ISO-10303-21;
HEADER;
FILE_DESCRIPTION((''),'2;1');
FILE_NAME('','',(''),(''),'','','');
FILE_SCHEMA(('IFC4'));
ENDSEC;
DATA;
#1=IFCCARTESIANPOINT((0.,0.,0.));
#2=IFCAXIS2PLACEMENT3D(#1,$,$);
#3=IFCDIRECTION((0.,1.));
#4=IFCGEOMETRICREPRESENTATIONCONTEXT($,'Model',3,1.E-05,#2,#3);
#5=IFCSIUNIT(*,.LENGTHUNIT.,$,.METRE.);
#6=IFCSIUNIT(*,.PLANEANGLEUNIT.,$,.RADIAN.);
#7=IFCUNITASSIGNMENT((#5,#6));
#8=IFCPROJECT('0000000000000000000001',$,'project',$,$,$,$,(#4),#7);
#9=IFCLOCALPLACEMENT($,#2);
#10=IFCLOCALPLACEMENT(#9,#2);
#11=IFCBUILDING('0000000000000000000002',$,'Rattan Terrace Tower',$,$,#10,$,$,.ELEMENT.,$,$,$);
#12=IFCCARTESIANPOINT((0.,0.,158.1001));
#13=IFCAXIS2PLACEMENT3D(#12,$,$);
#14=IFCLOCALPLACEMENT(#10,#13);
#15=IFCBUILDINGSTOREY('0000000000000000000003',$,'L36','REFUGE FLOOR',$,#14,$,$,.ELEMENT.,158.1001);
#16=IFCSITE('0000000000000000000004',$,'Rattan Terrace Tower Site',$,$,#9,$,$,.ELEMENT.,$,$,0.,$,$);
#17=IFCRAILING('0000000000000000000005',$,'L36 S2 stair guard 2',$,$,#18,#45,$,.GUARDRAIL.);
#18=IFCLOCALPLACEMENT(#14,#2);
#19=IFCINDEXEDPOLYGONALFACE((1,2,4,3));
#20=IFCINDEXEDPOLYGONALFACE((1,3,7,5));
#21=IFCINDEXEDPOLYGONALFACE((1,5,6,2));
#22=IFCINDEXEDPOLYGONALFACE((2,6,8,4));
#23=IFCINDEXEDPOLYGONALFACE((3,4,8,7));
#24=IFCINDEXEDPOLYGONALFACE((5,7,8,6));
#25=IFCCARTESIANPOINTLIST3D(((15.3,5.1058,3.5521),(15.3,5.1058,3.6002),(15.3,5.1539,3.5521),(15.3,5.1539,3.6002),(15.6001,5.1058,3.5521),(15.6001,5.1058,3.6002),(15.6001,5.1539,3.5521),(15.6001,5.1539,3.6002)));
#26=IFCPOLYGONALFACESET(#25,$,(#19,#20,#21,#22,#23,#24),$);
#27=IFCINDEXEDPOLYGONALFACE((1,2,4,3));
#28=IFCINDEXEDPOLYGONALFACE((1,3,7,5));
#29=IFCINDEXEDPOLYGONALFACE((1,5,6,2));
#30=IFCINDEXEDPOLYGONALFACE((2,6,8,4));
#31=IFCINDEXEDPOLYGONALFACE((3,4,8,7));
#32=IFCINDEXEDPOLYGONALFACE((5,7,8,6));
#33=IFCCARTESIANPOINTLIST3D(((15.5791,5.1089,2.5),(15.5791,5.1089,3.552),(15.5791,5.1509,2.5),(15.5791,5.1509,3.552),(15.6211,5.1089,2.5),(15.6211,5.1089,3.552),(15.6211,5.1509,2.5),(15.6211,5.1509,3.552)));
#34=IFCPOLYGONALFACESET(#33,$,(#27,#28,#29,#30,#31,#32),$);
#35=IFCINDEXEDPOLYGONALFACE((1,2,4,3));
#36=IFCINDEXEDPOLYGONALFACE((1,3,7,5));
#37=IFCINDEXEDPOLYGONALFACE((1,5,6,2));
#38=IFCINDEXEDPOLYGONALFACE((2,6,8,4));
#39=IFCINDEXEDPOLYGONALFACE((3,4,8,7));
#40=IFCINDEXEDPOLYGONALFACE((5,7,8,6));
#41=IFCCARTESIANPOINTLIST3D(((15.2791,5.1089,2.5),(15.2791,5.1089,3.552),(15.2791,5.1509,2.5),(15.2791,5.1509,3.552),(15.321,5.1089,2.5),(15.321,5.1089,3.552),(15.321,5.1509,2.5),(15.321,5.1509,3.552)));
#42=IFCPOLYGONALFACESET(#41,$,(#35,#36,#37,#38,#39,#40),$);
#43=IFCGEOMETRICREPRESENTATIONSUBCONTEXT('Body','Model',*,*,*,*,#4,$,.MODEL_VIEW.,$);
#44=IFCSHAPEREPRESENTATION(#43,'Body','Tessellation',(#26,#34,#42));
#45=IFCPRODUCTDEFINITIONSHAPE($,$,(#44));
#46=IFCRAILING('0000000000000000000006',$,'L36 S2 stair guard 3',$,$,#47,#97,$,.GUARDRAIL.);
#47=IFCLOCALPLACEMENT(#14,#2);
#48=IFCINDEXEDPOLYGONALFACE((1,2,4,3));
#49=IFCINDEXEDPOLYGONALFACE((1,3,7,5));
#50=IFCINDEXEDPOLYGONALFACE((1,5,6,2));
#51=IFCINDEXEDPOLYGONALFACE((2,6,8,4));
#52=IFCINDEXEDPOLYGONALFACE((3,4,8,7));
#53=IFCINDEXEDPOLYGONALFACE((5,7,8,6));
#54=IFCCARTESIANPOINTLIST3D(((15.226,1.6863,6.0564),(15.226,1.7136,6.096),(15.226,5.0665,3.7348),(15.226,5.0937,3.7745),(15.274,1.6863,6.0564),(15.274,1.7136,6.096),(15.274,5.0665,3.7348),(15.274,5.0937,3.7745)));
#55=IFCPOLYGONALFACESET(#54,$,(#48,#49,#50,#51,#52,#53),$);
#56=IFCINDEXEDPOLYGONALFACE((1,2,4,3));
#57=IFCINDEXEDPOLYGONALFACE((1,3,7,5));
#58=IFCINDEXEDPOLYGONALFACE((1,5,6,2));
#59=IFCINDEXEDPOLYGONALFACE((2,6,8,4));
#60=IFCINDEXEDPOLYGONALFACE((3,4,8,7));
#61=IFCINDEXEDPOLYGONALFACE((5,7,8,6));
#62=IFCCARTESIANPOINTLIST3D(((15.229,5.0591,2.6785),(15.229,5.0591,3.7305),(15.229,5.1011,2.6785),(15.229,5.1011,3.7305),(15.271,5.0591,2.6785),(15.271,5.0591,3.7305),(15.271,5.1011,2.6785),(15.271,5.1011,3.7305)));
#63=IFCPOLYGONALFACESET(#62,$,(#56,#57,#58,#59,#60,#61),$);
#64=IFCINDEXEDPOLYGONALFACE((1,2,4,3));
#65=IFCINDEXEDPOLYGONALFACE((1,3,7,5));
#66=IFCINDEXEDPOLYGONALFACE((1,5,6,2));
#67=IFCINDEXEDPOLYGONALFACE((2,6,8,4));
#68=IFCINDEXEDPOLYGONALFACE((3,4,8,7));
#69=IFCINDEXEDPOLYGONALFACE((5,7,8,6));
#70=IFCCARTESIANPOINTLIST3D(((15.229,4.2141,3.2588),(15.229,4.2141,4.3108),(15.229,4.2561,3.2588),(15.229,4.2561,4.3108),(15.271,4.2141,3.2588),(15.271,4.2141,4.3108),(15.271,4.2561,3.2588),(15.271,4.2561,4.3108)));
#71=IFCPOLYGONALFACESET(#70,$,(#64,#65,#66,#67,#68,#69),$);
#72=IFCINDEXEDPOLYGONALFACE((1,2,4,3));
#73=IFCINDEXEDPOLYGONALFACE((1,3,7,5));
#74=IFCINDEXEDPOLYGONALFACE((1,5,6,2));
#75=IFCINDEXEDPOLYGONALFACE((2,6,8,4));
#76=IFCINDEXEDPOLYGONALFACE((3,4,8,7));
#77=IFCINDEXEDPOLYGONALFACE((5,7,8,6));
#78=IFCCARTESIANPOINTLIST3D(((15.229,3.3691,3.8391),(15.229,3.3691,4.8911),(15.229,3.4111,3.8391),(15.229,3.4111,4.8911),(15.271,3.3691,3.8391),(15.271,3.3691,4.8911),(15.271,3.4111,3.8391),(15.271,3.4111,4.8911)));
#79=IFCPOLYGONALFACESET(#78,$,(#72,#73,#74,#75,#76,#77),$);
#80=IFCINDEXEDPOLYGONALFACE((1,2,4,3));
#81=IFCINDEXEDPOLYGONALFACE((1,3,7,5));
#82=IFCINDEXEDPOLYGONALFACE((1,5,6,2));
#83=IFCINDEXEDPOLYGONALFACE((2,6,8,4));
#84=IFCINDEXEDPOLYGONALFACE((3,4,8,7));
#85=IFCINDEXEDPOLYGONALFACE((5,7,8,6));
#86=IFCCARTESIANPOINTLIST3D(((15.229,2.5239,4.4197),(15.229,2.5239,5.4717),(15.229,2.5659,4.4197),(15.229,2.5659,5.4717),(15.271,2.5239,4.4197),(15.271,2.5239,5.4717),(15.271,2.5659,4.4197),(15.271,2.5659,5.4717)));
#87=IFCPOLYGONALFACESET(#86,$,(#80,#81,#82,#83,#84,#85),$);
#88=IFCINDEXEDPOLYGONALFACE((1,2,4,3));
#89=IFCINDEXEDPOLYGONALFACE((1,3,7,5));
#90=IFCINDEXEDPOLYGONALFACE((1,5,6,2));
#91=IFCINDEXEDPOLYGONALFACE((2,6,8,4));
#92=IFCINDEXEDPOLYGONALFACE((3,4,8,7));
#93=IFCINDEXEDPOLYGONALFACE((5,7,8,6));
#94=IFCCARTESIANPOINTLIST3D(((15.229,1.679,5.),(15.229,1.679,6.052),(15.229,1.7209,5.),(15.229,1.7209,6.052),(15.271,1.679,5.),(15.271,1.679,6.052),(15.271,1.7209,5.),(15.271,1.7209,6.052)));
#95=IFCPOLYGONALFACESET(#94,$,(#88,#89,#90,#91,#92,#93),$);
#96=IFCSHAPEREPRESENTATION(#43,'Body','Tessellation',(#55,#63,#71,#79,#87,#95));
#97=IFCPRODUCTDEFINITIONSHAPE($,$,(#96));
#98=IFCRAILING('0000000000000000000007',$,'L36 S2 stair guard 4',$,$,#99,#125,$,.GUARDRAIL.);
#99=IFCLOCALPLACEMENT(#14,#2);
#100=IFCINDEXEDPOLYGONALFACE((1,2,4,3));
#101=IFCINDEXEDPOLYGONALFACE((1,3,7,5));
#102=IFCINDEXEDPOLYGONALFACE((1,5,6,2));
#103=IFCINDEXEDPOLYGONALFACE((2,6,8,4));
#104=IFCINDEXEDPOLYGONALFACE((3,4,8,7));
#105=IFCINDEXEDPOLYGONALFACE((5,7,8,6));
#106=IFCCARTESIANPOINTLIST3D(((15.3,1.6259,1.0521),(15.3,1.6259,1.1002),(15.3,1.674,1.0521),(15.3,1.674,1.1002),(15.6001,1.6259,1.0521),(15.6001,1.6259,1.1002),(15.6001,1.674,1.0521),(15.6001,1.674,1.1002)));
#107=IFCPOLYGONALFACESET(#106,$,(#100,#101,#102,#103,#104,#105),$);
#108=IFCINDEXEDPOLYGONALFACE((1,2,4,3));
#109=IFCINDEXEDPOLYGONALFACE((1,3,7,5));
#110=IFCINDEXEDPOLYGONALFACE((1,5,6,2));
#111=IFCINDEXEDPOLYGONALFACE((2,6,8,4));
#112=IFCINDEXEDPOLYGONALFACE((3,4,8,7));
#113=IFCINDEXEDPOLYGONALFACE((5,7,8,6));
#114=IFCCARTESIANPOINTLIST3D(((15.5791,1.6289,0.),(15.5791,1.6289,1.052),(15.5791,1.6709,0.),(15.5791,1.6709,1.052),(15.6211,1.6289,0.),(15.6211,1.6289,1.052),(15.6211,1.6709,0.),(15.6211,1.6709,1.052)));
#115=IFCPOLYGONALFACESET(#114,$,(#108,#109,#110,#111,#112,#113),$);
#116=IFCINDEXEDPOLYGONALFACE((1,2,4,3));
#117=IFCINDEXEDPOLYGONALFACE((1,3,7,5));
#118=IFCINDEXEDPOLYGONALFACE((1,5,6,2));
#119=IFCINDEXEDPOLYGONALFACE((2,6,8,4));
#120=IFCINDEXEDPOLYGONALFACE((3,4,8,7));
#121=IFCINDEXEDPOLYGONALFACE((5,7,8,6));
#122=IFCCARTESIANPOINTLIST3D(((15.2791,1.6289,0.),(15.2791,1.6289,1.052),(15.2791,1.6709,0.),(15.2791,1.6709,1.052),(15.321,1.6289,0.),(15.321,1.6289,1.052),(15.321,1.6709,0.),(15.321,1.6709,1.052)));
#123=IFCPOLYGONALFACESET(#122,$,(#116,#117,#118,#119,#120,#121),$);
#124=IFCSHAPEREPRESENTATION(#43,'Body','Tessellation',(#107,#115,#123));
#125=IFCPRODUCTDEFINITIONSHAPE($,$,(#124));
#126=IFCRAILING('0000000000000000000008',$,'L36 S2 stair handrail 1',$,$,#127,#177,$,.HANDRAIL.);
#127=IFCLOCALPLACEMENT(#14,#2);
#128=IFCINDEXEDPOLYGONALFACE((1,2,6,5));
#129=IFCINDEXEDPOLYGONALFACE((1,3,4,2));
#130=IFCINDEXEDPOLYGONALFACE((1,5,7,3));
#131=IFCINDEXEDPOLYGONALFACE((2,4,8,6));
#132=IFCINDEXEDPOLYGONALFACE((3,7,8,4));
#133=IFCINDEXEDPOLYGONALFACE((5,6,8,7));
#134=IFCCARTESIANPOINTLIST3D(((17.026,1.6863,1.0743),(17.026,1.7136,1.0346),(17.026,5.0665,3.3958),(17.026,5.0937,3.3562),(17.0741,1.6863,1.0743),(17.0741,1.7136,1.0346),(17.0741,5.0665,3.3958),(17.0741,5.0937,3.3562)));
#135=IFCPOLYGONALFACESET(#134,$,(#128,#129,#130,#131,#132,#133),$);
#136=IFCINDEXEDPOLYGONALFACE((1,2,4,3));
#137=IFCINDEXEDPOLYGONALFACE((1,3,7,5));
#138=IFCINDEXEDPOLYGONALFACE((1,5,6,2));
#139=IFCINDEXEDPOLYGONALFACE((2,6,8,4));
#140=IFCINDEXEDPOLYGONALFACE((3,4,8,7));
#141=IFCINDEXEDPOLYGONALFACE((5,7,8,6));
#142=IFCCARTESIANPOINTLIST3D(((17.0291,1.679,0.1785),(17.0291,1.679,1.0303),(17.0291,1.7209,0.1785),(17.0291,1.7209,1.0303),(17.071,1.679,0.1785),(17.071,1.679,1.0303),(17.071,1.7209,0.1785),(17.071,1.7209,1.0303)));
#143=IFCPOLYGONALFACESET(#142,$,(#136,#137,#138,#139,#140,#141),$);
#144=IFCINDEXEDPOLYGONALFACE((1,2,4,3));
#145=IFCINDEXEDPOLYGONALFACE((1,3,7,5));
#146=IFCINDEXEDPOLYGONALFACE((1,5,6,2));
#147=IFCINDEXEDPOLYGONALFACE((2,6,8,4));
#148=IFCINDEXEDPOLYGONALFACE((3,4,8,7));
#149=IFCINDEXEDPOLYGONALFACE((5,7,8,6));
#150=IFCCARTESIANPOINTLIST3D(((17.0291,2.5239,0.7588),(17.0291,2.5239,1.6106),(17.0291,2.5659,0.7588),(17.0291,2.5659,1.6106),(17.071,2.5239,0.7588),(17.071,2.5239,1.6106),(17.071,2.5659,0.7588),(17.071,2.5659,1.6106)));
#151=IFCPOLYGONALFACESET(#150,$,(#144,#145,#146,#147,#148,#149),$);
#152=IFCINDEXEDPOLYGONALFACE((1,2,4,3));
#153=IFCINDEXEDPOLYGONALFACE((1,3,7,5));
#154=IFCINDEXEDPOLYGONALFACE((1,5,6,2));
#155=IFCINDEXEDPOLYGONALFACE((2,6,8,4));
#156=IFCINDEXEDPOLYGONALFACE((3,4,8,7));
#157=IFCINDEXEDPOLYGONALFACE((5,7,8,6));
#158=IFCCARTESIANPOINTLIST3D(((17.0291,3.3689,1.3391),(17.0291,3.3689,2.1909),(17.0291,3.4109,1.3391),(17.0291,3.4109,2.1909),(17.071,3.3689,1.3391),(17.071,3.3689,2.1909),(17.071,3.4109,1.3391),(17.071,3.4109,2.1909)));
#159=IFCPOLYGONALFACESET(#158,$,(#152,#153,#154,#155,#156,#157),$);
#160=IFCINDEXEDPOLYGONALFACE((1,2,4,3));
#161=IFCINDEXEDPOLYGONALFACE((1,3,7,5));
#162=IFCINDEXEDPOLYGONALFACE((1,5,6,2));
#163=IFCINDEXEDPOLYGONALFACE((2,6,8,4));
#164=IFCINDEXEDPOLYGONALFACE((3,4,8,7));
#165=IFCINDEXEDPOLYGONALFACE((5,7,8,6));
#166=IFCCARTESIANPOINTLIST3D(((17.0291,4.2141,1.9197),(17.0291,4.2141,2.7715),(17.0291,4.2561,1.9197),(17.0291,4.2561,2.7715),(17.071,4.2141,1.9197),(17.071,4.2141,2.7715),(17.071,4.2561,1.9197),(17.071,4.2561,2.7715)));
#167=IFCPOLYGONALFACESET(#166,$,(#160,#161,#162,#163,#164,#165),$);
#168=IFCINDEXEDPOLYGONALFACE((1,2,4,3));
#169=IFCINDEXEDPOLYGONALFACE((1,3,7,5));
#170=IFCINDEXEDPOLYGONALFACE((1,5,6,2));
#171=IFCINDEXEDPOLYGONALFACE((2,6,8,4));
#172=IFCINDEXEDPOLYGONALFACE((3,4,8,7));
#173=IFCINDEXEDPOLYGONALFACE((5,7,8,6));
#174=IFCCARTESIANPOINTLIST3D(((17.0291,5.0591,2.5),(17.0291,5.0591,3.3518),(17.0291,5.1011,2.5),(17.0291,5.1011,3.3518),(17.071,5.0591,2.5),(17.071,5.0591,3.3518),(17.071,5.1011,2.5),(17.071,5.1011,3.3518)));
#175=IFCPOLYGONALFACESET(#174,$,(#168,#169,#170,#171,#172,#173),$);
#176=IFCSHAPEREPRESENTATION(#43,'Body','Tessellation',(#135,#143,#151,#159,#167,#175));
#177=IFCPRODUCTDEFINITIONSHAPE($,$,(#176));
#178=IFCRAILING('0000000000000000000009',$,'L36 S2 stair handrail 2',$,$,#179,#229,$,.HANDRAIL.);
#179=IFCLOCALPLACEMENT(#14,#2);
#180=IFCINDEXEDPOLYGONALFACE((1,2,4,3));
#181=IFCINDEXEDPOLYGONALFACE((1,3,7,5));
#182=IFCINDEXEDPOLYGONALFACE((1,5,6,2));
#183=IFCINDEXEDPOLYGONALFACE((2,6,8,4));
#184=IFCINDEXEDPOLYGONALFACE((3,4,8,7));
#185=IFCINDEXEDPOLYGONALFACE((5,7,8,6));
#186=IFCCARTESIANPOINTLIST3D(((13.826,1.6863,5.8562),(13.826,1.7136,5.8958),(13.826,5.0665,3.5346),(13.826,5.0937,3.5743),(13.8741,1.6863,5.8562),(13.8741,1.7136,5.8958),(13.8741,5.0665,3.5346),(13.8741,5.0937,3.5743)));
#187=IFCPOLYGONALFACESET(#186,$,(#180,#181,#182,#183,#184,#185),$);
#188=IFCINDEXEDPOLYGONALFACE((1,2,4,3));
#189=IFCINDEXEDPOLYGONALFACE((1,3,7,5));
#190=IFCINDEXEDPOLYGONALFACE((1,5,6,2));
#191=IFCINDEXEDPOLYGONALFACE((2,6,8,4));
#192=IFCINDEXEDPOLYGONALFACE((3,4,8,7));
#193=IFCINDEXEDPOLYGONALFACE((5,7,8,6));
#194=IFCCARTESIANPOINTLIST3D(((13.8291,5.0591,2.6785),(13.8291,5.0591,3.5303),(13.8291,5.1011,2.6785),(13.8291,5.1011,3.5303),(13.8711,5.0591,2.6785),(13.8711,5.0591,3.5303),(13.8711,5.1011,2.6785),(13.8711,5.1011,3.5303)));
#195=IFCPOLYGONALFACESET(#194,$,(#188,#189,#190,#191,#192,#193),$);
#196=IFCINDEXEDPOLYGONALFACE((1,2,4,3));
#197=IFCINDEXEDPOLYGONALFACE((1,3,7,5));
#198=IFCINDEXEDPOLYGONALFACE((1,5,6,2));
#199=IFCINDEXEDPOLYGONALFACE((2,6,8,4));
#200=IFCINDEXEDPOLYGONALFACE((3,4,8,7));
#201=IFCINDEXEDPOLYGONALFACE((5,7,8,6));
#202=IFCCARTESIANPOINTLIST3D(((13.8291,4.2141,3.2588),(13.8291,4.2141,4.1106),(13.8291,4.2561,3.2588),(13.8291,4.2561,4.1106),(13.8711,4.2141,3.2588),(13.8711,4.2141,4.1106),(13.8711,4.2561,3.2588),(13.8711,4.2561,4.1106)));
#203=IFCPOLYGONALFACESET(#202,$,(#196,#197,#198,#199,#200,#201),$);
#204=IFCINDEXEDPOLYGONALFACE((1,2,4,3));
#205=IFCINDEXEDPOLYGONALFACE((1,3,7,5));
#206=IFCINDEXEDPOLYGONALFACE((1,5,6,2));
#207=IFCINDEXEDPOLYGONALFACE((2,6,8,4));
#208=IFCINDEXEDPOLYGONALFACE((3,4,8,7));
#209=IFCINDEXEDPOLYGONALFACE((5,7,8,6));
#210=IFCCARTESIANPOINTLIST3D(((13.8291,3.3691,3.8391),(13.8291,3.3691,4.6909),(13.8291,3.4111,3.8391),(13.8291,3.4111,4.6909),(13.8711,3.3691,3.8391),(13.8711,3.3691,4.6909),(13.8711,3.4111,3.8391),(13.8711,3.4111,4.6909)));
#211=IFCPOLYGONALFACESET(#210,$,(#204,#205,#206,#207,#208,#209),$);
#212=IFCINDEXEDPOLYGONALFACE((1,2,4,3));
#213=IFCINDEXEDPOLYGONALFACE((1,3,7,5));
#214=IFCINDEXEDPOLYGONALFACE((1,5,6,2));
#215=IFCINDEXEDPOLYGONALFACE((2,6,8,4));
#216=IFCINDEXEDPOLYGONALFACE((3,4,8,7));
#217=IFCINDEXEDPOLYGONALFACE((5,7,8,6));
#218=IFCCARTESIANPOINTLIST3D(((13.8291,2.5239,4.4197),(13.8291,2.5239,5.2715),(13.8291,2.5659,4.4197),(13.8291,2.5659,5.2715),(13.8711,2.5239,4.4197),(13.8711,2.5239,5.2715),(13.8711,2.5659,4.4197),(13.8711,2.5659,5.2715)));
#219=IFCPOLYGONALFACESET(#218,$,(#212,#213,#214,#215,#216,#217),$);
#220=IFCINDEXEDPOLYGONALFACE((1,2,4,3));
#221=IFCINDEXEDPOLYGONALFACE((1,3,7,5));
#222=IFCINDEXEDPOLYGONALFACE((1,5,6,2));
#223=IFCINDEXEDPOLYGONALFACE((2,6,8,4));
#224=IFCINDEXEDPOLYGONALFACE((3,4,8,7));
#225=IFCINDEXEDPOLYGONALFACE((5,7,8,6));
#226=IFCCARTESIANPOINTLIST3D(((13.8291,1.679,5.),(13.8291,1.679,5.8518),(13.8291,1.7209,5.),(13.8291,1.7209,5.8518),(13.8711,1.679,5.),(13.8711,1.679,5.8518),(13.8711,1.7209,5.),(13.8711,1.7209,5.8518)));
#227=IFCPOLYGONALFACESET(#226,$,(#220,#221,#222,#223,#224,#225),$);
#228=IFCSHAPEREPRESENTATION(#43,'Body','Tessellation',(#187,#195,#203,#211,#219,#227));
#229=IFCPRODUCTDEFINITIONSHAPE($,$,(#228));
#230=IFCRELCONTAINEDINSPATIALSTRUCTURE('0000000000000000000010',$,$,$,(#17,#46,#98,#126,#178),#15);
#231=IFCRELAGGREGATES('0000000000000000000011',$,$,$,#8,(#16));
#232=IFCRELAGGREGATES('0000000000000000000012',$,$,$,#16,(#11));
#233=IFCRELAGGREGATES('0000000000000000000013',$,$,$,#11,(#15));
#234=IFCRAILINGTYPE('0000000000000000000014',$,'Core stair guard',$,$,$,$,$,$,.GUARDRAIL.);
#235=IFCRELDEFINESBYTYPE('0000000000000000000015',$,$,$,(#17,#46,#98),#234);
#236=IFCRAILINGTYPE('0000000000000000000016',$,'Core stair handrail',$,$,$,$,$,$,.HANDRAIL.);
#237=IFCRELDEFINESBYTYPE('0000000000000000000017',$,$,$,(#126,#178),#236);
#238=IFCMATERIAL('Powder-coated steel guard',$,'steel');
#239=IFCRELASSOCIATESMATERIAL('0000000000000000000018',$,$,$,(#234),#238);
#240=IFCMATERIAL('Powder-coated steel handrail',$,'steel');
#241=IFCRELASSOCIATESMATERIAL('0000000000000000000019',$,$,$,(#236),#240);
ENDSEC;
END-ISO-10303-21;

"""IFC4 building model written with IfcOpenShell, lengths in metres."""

from ifc_helpers import new_model, si_unit, direction, frame, origin, origin_2d, place, context, subcontext, project, spatial, rectangle, extrude, material, type_object, element, save


model = new_model("IFC4")

# Units and contexts
model_context = context("Model", 3, precision=1e-05, world=origin(), true_north=direction((0.0, 1.0)))
body_context = subcontext(model_context, "Body", "Model", "MODEL_VIEW")
ifc_project = project(units=[si_unit("LENGTHUNIT", "METRE"), si_unit("PLANEANGLEUNIT", "RADIAN")], contexts=[model_context])

# Site, building, storey
site_placement = place(None, origin())
site = spatial("IfcSite", under=ifc_project, at=site_placement, Name="Rattan Terrace Tower Site", CompositionType="ELEMENT", RefElevation=0.0)
building_placement = place(site_placement, origin())
building = spatial("IfcBuilding", under=site, at=building_placement, Name="Rattan Terrace Tower", CompositionType="ELEMENT")
storey_placement = place(building_placement, frame((0.0, 0.0, 158.1001)))
storey = spatial("IfcBuildingStorey", under=building, at=storey_placement, Name="L36", Description="REFUGE FLOOR", CompositionType="ELEMENT", Elevation=158.1001)

# Railings
ifc_material_1 = material(Name="Powder-coated steel guard", Category="steel")
railing_type_1 = type_object("IfcRailingType", Name="Core stair guard", PredefinedType="GUARDRAIL", material=ifc_material_1)
railing_1_placement = place(storey_placement, frame((15.6001, 5.1299, 2.5)))
element("IfcRailing", 1, at=railing_1_placement, inside=storey, type_object=railing_type_1, Name="L36 S2 stair guard 2", PredefinedType="GUARDRAIL", context=body_context, shape_type="SweptSolid", body=[
    extrude(rectangle(XDim=0.0481, YDim=0.0481, at=origin_2d()), frame((0.0, 0.0, 1.0762), z_axis=(-1.0, 0.0, 0.0), x_axis=(0.0, -1.0, 0.0)), (0.0, 0.0, 1.0), 0.3),
    extrude(rectangle(XDim=0.042, YDim=0.042, at=origin_2d()), origin(), (0.0, 0.0, 1.0), 1.052),
    extrude(rectangle(XDim=0.042, YDim=0.042, at=origin_2d()), frame((-0.3, 0.0, 0.0)), (0.0, 0.0, 1.0), 1.052),
])
railing_2_placement = place(storey_placement, frame((15.25, 5.0801, 2.6785)))
element("IfcRailing", 2, at=railing_2_placement, inside=storey, type_object=railing_type_1, Name="L36 S2 stair guard 3", PredefinedType="GUARDRAIL", context=body_context, shape_type="SweptSolid", body=[
    extrude(rectangle(XDim=0.0481, YDim=0.0481, at=origin_2d()), frame((0.0, 0.0, 1.0762), z_axis=(0.0, -0.824304, 0.566147), x_axis=(1.0, 0.0, 0.0)), (0.0, 0.0, 1.0), 4.1006),
    extrude(rectangle(XDim=0.042, YDim=0.042, at=origin_2d()), origin(), (0.0, 0.0, 1.0), 1.052),
    extrude(rectangle(XDim=0.042, YDim=0.042, at=origin_2d()), frame((0.0, -0.845, 0.5803)), (0.0, 0.0, 1.0), 1.052),
    extrude(rectangle(XDim=0.042, YDim=0.042, at=origin_2d()), frame((0.0, -1.6899, 1.1606)), (0.0, 0.0, 1.0), 1.052),
    extrude(rectangle(XDim=0.042, YDim=0.042, at=origin_2d()), frame((0.0, -2.5352, 1.7412)), (0.0, 0.0, 1.0), 1.052),
    extrude(rectangle(XDim=0.042, YDim=0.042, at=origin_2d()), frame((0.0, -3.3801, 2.3215)), (0.0, 0.0, 1.0), 1.052),
])
railing_3_placement = place(storey_placement, frame((15.6001, 1.6499, 0.0)))
element("IfcRailing", 3, at=railing_3_placement, inside=storey, type_object=railing_type_1, Name="L36 S2 stair guard 4", PredefinedType="GUARDRAIL", context=body_context, shape_type="SweptSolid", body=[
    extrude(rectangle(XDim=0.0481, YDim=0.0481, at=origin_2d()), frame((0.0, 0.0, 1.0762), z_axis=(-1.0, 0.0, 0.0), x_axis=(0.0, -1.0, 0.0)), (0.0, 0.0, 1.0), 0.3),
    extrude(rectangle(XDim=0.042, YDim=0.042, at=origin_2d()), origin(), (0.0, 0.0, 1.0), 1.052),
    extrude(rectangle(XDim=0.042, YDim=0.042, at=origin_2d()), frame((-0.3, 0.0, 0.0)), (0.0, 0.0, 1.0), 1.052),
])
ifc_material_2 = material(Name="Powder-coated steel handrail", Category="steel")
railing_type_2 = type_object("IfcRailingType", Name="Core stair handrail", PredefinedType="HANDRAIL", material=ifc_material_2)
railing_4_placement = place(storey_placement, frame((17.05, 1.7, 0.1785)))
element("IfcRailing", 4, at=railing_4_placement, inside=storey, type_object=railing_type_2, Name="L36 S2 stair handrail 1", PredefinedType="HANDRAIL", context=body_context, shape_type="SweptSolid", body=[
    extrude(rectangle(XDim=0.0481, YDim=0.0481, at=origin_2d()), frame((0.0, 0.0, 0.876), z_axis=(0.0, 0.824304, 0.566147), x_axis=(-1.0, 0.0, 0.0)), (0.0, 0.0, 1.0), 4.1006),
    extrude(rectangle(XDim=0.042, YDim=0.042, at=origin_2d()), origin(), (0.0, 0.0, 1.0), 0.8518),
    extrude(rectangle(XDim=0.042, YDim=0.042, at=origin_2d()), frame((0.0, 0.845, 0.5803)), (0.0, 0.0, 1.0), 0.8518),
    extrude(rectangle(XDim=0.042, YDim=0.042, at=origin_2d()), frame((0.0, 1.6899, 1.1606)), (0.0, 0.0, 1.0), 0.8518),
    extrude(rectangle(XDim=0.042, YDim=0.042, at=origin_2d()), frame((0.0, 2.5352, 1.7412)), (0.0, 0.0, 1.0), 0.8518),
    extrude(rectangle(XDim=0.042, YDim=0.042, at=origin_2d()), frame((0.0, 3.3801, 2.3215)), (0.0, 0.0, 1.0), 0.8518),
])
railing_5_placement = place(storey_placement, frame((13.8501, 5.0801, 2.6785)))
element("IfcRailing", 5, at=railing_5_placement, inside=storey, type_object=railing_type_2, Name="L36 S2 stair handrail 2", PredefinedType="HANDRAIL", context=body_context, shape_type="SweptSolid", body=[
    extrude(rectangle(XDim=0.0481, YDim=0.0481, at=origin_2d()), frame((0.0, 0.0, 0.876), z_axis=(0.0, -0.824304, 0.566147), x_axis=(1.0, 0.0, 0.0)), (0.0, 0.0, 1.0), 4.1006),
    extrude(rectangle(XDim=0.042, YDim=0.042, at=origin_2d()), origin(), (0.0, 0.0, 1.0), 0.8518),
    extrude(rectangle(XDim=0.042, YDim=0.042, at=origin_2d()), frame((0.0, -0.845, 0.5803)), (0.0, 0.0, 1.0), 0.8518),
    extrude(rectangle(XDim=0.042, YDim=0.042, at=origin_2d()), frame((0.0, -1.6899, 1.1606)), (0.0, 0.0, 1.0), 0.8518),
    extrude(rectangle(XDim=0.042, YDim=0.042, at=origin_2d()), frame((0.0, -2.5352, 1.7412)), (0.0, 0.0, 1.0), 0.8518),
    extrude(rectangle(XDim=0.042, YDim=0.042, at=origin_2d()), frame((0.0, -3.3801, 2.3215)), (0.0, 0.0, 1.0), 0.8518),
])

save(model, "model.ifc")
